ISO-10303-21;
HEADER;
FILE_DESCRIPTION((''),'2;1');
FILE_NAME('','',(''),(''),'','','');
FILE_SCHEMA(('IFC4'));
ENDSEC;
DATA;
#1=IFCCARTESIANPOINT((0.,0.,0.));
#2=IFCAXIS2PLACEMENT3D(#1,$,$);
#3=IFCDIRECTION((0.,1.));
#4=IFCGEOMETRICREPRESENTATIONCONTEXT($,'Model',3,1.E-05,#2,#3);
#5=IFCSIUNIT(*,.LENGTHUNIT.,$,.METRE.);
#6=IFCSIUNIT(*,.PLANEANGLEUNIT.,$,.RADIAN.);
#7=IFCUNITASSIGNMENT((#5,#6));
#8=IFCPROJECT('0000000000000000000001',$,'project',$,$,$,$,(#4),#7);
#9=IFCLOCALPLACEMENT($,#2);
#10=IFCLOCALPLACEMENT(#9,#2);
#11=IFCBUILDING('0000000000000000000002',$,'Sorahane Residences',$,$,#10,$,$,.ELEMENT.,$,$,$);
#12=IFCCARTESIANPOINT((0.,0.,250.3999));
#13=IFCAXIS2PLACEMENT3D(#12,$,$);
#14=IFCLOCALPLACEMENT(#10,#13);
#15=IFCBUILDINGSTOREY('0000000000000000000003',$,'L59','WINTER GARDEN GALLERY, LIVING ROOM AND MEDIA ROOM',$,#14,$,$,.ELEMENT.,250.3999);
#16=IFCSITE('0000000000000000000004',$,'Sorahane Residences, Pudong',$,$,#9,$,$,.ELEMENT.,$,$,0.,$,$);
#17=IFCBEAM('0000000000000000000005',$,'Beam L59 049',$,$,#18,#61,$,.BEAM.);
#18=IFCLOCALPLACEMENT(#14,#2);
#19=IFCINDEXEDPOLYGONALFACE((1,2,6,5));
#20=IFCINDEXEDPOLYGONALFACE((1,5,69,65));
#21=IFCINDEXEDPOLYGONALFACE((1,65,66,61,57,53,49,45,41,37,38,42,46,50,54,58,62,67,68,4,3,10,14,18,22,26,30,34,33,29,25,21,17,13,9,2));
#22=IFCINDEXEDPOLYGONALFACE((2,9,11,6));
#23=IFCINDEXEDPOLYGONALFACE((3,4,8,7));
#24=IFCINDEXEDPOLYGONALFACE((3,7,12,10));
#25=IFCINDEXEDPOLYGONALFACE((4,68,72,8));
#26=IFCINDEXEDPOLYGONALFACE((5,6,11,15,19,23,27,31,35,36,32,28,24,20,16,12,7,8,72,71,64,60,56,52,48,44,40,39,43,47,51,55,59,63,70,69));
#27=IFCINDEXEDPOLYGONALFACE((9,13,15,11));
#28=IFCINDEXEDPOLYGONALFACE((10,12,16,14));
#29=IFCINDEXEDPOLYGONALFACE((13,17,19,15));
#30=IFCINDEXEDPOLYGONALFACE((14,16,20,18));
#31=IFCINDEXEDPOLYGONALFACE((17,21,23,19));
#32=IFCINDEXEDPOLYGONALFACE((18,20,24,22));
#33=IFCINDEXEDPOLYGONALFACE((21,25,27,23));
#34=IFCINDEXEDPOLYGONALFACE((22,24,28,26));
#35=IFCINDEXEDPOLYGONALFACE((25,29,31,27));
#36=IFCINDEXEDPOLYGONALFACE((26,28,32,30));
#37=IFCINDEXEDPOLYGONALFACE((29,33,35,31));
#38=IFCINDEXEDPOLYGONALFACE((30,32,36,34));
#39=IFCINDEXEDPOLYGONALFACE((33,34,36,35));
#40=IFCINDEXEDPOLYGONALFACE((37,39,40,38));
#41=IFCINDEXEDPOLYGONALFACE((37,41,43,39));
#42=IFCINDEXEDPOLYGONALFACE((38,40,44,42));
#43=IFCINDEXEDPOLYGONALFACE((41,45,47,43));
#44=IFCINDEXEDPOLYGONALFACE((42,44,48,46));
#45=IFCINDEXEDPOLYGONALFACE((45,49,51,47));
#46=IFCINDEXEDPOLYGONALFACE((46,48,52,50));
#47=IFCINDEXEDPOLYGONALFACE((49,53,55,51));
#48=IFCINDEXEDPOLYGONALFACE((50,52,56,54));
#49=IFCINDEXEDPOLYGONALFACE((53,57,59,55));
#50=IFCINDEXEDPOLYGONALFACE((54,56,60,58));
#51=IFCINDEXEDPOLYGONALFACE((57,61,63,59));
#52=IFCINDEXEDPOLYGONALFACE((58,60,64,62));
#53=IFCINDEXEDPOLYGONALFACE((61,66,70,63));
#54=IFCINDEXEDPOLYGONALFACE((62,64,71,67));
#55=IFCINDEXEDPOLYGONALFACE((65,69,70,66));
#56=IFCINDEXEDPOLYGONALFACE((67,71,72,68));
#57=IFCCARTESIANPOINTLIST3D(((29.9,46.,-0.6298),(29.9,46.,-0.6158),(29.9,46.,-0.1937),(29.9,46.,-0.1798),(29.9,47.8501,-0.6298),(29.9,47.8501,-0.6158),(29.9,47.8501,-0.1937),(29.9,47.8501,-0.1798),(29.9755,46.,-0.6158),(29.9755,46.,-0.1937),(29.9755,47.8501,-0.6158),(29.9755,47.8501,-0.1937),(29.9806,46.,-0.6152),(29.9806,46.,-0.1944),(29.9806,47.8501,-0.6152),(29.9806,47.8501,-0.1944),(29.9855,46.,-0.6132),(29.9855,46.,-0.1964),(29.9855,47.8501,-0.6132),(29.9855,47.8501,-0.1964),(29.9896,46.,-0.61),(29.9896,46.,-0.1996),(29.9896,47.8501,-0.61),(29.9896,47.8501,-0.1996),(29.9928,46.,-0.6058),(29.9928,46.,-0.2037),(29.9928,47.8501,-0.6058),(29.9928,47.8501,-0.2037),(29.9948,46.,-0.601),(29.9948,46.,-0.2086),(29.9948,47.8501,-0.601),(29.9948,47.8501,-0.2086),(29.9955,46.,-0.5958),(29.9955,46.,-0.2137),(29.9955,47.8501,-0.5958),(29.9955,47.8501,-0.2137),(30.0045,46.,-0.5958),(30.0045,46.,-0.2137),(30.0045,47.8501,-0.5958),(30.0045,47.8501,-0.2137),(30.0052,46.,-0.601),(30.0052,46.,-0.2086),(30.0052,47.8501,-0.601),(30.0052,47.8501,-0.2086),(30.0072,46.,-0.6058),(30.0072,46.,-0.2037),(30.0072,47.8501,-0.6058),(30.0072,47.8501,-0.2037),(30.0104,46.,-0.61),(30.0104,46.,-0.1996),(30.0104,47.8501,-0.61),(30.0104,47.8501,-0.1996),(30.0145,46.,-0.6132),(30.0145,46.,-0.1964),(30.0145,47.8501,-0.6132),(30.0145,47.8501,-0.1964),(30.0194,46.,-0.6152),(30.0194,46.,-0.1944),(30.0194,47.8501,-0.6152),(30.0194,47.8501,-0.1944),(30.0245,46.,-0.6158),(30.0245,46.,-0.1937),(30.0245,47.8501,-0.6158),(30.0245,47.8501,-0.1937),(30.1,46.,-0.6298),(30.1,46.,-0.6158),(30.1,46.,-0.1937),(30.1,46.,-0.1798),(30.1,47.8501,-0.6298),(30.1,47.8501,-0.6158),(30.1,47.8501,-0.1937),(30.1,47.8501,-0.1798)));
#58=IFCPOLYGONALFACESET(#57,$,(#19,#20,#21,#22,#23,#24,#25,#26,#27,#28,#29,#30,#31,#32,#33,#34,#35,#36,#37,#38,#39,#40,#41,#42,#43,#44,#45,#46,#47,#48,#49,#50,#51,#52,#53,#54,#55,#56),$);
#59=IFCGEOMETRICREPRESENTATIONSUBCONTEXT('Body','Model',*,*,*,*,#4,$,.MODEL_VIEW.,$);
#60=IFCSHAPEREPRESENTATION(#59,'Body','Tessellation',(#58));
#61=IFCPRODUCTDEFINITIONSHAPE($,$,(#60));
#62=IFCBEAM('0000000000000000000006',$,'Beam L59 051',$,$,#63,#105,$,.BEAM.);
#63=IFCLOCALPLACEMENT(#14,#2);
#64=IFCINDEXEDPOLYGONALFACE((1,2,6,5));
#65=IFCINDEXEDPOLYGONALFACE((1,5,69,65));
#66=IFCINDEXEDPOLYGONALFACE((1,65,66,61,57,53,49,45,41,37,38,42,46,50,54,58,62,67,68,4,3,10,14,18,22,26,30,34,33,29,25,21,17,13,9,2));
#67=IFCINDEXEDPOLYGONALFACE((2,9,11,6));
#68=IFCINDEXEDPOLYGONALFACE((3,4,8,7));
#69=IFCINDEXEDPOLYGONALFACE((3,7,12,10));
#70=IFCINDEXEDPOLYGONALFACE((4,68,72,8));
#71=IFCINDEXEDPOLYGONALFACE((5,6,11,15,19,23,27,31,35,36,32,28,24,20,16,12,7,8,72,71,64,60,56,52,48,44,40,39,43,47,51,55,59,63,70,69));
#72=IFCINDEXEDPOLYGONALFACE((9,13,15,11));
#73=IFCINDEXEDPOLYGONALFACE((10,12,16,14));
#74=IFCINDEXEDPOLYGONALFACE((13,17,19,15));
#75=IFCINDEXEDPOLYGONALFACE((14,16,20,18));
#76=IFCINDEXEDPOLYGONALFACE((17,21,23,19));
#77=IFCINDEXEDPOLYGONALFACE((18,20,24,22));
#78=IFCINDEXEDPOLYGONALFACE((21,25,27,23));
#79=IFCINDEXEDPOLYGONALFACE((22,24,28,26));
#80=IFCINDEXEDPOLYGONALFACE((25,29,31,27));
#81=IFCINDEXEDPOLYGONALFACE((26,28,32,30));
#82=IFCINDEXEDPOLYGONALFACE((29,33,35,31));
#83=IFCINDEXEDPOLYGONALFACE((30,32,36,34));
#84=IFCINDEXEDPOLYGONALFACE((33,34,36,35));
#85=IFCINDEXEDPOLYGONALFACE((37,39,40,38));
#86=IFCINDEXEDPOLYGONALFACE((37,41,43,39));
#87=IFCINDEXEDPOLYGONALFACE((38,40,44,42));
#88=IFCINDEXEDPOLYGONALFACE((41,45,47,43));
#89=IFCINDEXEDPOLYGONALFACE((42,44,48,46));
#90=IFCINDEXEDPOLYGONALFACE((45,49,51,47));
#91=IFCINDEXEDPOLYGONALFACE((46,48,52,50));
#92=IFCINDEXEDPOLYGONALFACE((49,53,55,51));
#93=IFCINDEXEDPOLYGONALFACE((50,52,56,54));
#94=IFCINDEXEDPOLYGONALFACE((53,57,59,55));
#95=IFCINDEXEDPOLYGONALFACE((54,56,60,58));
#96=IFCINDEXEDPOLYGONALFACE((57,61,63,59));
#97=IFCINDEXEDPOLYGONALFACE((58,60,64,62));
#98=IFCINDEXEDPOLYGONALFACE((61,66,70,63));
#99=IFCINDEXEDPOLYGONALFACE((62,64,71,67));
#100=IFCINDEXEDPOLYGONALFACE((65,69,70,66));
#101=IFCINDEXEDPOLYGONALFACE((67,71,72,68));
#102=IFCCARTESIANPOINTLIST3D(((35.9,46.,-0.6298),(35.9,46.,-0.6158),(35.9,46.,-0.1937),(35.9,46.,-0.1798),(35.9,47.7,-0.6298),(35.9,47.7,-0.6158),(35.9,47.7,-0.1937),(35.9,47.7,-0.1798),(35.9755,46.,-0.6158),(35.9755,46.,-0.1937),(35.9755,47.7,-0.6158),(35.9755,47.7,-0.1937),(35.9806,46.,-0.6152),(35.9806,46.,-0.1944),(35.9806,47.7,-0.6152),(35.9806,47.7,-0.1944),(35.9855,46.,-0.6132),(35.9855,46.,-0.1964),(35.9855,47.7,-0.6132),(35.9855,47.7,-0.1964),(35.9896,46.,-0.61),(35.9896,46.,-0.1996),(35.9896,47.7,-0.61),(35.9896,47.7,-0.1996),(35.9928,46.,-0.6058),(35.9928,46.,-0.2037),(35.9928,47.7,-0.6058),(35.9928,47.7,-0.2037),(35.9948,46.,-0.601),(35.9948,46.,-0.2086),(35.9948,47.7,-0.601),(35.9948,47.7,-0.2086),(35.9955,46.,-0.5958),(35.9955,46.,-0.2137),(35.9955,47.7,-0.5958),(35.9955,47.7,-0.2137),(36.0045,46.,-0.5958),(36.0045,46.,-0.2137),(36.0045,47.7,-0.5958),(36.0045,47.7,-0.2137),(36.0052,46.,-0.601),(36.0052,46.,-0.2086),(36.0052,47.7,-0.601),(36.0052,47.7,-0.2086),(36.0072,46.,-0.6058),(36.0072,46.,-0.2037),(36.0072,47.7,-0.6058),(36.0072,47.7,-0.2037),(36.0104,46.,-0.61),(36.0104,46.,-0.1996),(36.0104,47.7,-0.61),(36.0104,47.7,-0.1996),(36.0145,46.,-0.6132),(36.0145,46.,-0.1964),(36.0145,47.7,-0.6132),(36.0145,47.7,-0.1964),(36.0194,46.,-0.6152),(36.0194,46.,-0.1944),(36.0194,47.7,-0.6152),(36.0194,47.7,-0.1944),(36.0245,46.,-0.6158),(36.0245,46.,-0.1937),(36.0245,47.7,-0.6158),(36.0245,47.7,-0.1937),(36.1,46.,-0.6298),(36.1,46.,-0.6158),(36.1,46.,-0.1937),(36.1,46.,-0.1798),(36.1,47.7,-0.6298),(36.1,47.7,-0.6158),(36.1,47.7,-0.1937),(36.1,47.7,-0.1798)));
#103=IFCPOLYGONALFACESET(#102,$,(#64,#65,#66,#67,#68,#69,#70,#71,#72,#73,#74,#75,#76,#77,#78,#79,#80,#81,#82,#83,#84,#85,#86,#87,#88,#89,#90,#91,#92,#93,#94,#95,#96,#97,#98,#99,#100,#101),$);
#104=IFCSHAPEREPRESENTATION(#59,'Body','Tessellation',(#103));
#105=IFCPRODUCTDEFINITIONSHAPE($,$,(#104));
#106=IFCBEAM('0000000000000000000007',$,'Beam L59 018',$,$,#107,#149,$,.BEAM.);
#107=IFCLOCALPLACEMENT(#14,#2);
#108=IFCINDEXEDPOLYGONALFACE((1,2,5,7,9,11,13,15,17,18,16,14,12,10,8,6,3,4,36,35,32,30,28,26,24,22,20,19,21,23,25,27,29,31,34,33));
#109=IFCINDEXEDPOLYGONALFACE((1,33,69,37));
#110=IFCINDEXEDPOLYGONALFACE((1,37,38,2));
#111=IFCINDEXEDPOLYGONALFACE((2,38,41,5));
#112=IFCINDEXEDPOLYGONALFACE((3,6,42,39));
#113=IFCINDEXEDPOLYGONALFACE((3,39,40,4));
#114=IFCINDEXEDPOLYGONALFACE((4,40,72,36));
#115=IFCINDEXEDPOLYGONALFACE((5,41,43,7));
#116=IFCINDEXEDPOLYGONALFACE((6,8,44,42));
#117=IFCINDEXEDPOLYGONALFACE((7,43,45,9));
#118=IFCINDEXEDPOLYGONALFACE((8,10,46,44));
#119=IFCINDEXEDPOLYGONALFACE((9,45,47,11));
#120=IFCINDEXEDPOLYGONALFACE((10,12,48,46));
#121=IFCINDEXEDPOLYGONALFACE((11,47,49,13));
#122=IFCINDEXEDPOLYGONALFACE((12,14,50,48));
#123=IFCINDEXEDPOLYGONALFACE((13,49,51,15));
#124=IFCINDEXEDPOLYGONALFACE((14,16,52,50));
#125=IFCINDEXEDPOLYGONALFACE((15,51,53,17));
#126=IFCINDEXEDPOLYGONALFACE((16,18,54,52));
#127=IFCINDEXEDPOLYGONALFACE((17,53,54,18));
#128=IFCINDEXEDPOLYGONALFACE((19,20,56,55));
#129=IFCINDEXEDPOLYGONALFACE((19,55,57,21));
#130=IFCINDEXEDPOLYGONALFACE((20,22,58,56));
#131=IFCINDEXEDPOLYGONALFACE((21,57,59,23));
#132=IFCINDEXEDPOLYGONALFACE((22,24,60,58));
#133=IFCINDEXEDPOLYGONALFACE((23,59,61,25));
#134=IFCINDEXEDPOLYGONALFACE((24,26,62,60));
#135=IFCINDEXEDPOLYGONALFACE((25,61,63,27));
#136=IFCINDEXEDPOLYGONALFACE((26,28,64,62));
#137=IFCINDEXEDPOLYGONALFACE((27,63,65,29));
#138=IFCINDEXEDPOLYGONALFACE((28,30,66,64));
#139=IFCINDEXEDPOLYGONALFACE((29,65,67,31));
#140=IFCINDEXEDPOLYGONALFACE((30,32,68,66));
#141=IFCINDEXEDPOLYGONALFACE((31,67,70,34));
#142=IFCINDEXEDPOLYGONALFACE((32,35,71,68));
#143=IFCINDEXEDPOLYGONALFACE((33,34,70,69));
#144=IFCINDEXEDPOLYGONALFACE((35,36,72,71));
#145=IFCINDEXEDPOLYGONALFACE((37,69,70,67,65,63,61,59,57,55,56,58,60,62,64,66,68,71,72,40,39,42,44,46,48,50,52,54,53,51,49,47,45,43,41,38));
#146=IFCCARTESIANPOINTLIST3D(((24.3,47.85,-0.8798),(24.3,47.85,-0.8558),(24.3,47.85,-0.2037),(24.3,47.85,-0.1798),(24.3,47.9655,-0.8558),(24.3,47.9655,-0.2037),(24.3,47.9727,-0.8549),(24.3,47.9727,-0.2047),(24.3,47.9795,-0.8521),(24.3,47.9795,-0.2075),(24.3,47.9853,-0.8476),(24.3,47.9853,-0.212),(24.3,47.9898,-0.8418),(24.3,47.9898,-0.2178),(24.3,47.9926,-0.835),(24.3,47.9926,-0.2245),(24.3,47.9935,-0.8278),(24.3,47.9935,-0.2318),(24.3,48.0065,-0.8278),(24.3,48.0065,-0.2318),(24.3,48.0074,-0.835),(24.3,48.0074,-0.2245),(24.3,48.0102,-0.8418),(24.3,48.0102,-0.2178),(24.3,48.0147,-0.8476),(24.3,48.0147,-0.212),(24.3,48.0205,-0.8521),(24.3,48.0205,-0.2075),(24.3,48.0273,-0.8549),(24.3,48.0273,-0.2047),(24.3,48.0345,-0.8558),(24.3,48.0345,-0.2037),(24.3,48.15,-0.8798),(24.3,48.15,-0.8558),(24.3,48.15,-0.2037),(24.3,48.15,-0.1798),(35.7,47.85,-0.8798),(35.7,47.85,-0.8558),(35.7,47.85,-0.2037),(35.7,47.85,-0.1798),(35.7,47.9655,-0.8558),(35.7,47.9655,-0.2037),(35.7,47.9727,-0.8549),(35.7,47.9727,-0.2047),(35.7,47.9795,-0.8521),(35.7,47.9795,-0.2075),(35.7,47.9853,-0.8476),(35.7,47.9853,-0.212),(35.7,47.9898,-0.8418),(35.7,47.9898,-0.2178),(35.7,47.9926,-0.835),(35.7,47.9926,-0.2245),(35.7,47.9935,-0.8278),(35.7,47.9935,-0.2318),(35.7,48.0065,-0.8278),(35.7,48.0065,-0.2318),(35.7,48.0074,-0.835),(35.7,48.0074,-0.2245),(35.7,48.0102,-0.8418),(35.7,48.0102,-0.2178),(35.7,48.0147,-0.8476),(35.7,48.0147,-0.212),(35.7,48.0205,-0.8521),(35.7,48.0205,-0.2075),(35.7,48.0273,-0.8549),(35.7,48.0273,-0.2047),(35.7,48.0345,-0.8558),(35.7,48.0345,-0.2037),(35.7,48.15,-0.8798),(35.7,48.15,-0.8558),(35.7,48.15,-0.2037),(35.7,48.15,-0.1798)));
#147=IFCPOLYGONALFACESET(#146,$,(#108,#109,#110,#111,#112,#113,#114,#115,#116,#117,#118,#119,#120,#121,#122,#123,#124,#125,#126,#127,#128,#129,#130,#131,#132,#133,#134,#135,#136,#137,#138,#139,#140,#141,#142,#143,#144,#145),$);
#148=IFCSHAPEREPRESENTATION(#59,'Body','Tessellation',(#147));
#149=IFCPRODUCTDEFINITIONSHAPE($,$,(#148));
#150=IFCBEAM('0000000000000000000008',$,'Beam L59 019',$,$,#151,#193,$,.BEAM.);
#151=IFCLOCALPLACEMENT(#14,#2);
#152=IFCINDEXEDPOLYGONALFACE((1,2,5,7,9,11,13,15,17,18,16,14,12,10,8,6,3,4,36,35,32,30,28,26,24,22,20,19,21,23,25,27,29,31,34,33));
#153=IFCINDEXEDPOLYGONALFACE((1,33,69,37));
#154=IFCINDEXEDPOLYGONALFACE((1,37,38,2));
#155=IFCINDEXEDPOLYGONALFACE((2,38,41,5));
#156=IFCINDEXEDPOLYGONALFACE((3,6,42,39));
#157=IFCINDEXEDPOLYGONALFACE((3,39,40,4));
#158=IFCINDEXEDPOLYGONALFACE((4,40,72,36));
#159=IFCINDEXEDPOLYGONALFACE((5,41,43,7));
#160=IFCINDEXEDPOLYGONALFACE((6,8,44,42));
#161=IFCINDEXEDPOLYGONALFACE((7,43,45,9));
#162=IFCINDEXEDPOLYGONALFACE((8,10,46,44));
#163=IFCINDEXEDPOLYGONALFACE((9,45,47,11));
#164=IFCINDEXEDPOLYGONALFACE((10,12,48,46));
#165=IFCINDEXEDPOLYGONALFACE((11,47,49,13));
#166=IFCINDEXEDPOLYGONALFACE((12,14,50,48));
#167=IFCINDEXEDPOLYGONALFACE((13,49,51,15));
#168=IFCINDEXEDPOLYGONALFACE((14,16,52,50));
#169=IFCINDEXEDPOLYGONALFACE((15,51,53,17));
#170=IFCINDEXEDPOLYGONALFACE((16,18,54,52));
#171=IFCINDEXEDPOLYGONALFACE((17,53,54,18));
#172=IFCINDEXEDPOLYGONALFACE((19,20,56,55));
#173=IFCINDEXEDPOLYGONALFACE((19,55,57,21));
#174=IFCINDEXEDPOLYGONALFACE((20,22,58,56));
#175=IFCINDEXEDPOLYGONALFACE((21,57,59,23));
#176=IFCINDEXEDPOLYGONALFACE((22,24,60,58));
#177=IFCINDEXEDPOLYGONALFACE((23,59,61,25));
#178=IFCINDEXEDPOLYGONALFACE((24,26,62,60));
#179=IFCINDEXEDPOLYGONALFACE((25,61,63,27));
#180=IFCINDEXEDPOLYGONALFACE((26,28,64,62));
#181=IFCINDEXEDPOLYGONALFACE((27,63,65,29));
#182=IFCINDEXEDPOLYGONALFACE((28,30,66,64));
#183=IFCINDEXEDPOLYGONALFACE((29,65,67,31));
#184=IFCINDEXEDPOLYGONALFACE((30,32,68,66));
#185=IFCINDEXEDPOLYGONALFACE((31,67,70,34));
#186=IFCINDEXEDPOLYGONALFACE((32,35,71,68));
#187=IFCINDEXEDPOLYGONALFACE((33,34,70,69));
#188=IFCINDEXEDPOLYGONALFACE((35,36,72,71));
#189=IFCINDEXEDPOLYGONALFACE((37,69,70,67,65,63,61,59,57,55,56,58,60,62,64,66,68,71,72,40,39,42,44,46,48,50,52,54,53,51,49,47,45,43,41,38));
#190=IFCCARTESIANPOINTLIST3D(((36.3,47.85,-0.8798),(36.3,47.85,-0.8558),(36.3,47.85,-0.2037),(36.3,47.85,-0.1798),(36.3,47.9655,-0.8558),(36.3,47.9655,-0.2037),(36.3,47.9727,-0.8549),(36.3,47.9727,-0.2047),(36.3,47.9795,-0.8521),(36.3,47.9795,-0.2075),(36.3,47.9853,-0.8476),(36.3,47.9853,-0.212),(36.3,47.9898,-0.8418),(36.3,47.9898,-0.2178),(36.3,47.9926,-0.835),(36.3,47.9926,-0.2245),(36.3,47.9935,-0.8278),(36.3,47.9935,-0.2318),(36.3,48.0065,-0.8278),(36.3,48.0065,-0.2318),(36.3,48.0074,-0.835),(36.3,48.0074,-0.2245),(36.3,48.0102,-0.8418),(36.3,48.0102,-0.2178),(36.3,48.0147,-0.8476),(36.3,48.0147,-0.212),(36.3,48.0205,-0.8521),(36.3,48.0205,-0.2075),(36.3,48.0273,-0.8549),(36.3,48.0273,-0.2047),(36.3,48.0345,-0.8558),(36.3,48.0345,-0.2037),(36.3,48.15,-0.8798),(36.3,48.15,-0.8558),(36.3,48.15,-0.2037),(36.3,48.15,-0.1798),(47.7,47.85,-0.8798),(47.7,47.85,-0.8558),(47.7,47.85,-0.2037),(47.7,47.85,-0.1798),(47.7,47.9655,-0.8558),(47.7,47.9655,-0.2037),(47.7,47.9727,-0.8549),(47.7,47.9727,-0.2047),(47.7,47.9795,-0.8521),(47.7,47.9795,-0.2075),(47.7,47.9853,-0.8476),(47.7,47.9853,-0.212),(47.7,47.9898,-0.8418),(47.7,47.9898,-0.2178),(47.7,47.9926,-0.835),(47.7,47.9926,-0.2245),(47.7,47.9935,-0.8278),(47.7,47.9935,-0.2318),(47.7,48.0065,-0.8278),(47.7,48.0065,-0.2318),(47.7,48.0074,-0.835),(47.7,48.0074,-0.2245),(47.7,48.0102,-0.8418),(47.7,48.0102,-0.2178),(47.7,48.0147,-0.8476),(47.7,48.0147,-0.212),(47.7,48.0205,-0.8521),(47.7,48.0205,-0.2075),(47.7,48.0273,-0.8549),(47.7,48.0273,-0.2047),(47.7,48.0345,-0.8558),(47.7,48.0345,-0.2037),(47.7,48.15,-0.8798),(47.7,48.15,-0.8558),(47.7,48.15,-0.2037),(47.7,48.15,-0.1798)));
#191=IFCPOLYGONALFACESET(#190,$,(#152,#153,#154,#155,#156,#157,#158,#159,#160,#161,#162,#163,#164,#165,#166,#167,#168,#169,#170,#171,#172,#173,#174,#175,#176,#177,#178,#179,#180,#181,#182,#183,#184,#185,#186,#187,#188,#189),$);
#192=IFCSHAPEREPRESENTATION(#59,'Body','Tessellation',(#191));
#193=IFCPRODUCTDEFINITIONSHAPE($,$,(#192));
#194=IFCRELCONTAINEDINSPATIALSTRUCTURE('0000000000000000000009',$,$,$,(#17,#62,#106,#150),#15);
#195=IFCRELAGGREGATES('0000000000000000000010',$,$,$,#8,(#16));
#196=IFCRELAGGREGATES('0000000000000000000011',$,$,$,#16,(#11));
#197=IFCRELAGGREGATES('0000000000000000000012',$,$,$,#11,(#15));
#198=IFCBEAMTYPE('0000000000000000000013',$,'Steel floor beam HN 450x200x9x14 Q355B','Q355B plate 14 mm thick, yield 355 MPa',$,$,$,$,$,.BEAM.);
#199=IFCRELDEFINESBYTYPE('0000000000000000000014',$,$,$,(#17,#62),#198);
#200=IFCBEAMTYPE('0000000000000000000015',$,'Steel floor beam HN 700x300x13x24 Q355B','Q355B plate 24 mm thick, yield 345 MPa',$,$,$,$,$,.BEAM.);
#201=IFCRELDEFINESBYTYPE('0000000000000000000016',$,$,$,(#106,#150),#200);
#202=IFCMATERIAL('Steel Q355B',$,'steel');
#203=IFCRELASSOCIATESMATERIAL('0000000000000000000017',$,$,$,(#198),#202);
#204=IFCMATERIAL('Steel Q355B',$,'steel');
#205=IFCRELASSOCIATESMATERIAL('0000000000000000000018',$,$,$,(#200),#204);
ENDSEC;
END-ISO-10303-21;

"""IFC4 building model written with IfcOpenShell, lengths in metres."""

from ifc_helpers import new_model, si_unit, direction, frame, origin, origin_2d, place, context, subcontext, project, spatial, i_section, extrude, material, material_profile, profile_set, type_object, element, save


model = new_model("IFC4")

# Units and contexts
model_context = context("Model", 3, precision=1e-05, world=origin(), true_north=direction((0.0, 1.0)))
body_context = subcontext(model_context, "Body", "Model", "MODEL_VIEW")
ifc_project = project(units=[si_unit("LENGTHUNIT", "METRE"), si_unit("PLANEANGLEUNIT", "RADIAN")], contexts=[model_context])

# Site, building, storey
site_placement = place(None, origin())
site = spatial("IfcSite", under=ifc_project, at=site_placement, Name="Sorahane Residences, Pudong", CompositionType="ELEMENT", RefElevation=0.0)
building_placement = place(site_placement, origin())
building = spatial("IfcBuilding", under=site, at=building_placement, Name="Sorahane Residences", CompositionType="ELEMENT")
storey_placement = place(building_placement, frame((0.0, 0.0, 250.3999)))
storey = spatial("IfcBuildingStorey", under=building, at=storey_placement, Name="L59", Description="WINTER GARDEN GALLERY, LIVING ROOM AND MEDIA ROOM", CompositionType="ELEMENT", Elevation=250.3999)

# Beams
ifc_material_1 = material(Name="Steel Q355B", Category="steel")
ifc_material_profile_1 = material_profile(ifc_material_1, i_section(OverallWidth=0.2, OverallDepth=0.45, WebThickness=0.009, FlangeThickness=0.0139, FilletRadius=0.02, at=origin_2d()), Name="HN 450x200x9x14")
ifc_profile_set_1 = profile_set([ifc_material_profile_1], Name="Steel Q355B")
beam_type_1 = type_object("IfcBeamType", Name="Steel floor beam HN 450x200x9x14 Q355B", Description="Q355B plate 14 mm thick, yield 355 MPa", PredefinedType="BEAM", material=ifc_profile_set_1)
beam_1_placement = place(storey_placement, frame((30.0, 46.0, -0.4048), z_axis=(0.0, 1.0, 0.0), x_axis=(-1.0, 0.0, 0.0)))
element("IfcBeam", 1, at=beam_1_placement, inside=storey, type_object=beam_type_1, Name="Beam L59 049", PredefinedType="BEAM", context=body_context, shape_type="SweptSolid", body=[
    extrude(i_section(OverallWidth=0.2, OverallDepth=0.45, WebThickness=0.009, FlangeThickness=0.0139, FilletRadius=0.02, at=origin_2d()), origin(), (0.0, 0.0, 1.0), 1.8501),
])
beam_2_placement = place(storey_placement, frame((36.0, 46.0, -0.4048), z_axis=(0.0, 1.0, 0.0), x_axis=(-1.0, 0.0, 0.0)))
element("IfcBeam", 2, at=beam_2_placement, inside=storey, type_object=beam_type_1, Name="Beam L59 051", PredefinedType="BEAM", context=body_context, shape_type="SweptSolid", body=[
    extrude(i_section(OverallWidth=0.2, OverallDepth=0.45, WebThickness=0.009, FlangeThickness=0.0139, FilletRadius=0.02, at=origin_2d()), origin(), (0.0, 0.0, 1.0), 1.7),
])
ifc_material_2 = material(Name="Steel Q355B", Category="steel")
ifc_material_profile_2 = material_profile(ifc_material_2, i_section(OverallWidth=0.3, OverallDepth=0.7, WebThickness=0.0129, FlangeThickness=0.0239, FilletRadius=0.0281, at=origin_2d()), Name="HN 700x300x13x24")
ifc_profile_set_2 = profile_set([ifc_material_profile_2], Name="Steel Q355B")
beam_type_2 = type_object("IfcBeamType", Name="Steel floor beam HN 700x300x13x24 Q355B", Description="Q355B plate 24 mm thick, yield 345 MPa", PredefinedType="BEAM", material=ifc_profile_set_2)
for number, where, z_axis, x_axis, name in (
    (3, (24.3, 48.0, -0.5298), (1.0, 0.0, 0.0), (0.0, 1.0, 0.0), "Beam L59 018"),
    (4, (36.3, 48.0, -0.5298), (1.0, 0.0, 0.0), (0.0, 1.0, 0.0), "Beam L59 019"),
):
    element("IfcBeam", number, at=place(storey_placement, frame(where, z_axis=z_axis, x_axis=x_axis)), inside=storey, type_object=beam_type_2, Name=name, PredefinedType="BEAM", context=body_context, shape_type="SweptSolid", body=[
        extrude(i_section(OverallWidth=0.3, OverallDepth=0.7, WebThickness=0.0129, FlangeThickness=0.0239, FilletRadius=0.0281, at=origin_2d()), origin(), (0.0, 0.0, 1.0), 11.3999),
    ])

save(model, "model.ifc")
